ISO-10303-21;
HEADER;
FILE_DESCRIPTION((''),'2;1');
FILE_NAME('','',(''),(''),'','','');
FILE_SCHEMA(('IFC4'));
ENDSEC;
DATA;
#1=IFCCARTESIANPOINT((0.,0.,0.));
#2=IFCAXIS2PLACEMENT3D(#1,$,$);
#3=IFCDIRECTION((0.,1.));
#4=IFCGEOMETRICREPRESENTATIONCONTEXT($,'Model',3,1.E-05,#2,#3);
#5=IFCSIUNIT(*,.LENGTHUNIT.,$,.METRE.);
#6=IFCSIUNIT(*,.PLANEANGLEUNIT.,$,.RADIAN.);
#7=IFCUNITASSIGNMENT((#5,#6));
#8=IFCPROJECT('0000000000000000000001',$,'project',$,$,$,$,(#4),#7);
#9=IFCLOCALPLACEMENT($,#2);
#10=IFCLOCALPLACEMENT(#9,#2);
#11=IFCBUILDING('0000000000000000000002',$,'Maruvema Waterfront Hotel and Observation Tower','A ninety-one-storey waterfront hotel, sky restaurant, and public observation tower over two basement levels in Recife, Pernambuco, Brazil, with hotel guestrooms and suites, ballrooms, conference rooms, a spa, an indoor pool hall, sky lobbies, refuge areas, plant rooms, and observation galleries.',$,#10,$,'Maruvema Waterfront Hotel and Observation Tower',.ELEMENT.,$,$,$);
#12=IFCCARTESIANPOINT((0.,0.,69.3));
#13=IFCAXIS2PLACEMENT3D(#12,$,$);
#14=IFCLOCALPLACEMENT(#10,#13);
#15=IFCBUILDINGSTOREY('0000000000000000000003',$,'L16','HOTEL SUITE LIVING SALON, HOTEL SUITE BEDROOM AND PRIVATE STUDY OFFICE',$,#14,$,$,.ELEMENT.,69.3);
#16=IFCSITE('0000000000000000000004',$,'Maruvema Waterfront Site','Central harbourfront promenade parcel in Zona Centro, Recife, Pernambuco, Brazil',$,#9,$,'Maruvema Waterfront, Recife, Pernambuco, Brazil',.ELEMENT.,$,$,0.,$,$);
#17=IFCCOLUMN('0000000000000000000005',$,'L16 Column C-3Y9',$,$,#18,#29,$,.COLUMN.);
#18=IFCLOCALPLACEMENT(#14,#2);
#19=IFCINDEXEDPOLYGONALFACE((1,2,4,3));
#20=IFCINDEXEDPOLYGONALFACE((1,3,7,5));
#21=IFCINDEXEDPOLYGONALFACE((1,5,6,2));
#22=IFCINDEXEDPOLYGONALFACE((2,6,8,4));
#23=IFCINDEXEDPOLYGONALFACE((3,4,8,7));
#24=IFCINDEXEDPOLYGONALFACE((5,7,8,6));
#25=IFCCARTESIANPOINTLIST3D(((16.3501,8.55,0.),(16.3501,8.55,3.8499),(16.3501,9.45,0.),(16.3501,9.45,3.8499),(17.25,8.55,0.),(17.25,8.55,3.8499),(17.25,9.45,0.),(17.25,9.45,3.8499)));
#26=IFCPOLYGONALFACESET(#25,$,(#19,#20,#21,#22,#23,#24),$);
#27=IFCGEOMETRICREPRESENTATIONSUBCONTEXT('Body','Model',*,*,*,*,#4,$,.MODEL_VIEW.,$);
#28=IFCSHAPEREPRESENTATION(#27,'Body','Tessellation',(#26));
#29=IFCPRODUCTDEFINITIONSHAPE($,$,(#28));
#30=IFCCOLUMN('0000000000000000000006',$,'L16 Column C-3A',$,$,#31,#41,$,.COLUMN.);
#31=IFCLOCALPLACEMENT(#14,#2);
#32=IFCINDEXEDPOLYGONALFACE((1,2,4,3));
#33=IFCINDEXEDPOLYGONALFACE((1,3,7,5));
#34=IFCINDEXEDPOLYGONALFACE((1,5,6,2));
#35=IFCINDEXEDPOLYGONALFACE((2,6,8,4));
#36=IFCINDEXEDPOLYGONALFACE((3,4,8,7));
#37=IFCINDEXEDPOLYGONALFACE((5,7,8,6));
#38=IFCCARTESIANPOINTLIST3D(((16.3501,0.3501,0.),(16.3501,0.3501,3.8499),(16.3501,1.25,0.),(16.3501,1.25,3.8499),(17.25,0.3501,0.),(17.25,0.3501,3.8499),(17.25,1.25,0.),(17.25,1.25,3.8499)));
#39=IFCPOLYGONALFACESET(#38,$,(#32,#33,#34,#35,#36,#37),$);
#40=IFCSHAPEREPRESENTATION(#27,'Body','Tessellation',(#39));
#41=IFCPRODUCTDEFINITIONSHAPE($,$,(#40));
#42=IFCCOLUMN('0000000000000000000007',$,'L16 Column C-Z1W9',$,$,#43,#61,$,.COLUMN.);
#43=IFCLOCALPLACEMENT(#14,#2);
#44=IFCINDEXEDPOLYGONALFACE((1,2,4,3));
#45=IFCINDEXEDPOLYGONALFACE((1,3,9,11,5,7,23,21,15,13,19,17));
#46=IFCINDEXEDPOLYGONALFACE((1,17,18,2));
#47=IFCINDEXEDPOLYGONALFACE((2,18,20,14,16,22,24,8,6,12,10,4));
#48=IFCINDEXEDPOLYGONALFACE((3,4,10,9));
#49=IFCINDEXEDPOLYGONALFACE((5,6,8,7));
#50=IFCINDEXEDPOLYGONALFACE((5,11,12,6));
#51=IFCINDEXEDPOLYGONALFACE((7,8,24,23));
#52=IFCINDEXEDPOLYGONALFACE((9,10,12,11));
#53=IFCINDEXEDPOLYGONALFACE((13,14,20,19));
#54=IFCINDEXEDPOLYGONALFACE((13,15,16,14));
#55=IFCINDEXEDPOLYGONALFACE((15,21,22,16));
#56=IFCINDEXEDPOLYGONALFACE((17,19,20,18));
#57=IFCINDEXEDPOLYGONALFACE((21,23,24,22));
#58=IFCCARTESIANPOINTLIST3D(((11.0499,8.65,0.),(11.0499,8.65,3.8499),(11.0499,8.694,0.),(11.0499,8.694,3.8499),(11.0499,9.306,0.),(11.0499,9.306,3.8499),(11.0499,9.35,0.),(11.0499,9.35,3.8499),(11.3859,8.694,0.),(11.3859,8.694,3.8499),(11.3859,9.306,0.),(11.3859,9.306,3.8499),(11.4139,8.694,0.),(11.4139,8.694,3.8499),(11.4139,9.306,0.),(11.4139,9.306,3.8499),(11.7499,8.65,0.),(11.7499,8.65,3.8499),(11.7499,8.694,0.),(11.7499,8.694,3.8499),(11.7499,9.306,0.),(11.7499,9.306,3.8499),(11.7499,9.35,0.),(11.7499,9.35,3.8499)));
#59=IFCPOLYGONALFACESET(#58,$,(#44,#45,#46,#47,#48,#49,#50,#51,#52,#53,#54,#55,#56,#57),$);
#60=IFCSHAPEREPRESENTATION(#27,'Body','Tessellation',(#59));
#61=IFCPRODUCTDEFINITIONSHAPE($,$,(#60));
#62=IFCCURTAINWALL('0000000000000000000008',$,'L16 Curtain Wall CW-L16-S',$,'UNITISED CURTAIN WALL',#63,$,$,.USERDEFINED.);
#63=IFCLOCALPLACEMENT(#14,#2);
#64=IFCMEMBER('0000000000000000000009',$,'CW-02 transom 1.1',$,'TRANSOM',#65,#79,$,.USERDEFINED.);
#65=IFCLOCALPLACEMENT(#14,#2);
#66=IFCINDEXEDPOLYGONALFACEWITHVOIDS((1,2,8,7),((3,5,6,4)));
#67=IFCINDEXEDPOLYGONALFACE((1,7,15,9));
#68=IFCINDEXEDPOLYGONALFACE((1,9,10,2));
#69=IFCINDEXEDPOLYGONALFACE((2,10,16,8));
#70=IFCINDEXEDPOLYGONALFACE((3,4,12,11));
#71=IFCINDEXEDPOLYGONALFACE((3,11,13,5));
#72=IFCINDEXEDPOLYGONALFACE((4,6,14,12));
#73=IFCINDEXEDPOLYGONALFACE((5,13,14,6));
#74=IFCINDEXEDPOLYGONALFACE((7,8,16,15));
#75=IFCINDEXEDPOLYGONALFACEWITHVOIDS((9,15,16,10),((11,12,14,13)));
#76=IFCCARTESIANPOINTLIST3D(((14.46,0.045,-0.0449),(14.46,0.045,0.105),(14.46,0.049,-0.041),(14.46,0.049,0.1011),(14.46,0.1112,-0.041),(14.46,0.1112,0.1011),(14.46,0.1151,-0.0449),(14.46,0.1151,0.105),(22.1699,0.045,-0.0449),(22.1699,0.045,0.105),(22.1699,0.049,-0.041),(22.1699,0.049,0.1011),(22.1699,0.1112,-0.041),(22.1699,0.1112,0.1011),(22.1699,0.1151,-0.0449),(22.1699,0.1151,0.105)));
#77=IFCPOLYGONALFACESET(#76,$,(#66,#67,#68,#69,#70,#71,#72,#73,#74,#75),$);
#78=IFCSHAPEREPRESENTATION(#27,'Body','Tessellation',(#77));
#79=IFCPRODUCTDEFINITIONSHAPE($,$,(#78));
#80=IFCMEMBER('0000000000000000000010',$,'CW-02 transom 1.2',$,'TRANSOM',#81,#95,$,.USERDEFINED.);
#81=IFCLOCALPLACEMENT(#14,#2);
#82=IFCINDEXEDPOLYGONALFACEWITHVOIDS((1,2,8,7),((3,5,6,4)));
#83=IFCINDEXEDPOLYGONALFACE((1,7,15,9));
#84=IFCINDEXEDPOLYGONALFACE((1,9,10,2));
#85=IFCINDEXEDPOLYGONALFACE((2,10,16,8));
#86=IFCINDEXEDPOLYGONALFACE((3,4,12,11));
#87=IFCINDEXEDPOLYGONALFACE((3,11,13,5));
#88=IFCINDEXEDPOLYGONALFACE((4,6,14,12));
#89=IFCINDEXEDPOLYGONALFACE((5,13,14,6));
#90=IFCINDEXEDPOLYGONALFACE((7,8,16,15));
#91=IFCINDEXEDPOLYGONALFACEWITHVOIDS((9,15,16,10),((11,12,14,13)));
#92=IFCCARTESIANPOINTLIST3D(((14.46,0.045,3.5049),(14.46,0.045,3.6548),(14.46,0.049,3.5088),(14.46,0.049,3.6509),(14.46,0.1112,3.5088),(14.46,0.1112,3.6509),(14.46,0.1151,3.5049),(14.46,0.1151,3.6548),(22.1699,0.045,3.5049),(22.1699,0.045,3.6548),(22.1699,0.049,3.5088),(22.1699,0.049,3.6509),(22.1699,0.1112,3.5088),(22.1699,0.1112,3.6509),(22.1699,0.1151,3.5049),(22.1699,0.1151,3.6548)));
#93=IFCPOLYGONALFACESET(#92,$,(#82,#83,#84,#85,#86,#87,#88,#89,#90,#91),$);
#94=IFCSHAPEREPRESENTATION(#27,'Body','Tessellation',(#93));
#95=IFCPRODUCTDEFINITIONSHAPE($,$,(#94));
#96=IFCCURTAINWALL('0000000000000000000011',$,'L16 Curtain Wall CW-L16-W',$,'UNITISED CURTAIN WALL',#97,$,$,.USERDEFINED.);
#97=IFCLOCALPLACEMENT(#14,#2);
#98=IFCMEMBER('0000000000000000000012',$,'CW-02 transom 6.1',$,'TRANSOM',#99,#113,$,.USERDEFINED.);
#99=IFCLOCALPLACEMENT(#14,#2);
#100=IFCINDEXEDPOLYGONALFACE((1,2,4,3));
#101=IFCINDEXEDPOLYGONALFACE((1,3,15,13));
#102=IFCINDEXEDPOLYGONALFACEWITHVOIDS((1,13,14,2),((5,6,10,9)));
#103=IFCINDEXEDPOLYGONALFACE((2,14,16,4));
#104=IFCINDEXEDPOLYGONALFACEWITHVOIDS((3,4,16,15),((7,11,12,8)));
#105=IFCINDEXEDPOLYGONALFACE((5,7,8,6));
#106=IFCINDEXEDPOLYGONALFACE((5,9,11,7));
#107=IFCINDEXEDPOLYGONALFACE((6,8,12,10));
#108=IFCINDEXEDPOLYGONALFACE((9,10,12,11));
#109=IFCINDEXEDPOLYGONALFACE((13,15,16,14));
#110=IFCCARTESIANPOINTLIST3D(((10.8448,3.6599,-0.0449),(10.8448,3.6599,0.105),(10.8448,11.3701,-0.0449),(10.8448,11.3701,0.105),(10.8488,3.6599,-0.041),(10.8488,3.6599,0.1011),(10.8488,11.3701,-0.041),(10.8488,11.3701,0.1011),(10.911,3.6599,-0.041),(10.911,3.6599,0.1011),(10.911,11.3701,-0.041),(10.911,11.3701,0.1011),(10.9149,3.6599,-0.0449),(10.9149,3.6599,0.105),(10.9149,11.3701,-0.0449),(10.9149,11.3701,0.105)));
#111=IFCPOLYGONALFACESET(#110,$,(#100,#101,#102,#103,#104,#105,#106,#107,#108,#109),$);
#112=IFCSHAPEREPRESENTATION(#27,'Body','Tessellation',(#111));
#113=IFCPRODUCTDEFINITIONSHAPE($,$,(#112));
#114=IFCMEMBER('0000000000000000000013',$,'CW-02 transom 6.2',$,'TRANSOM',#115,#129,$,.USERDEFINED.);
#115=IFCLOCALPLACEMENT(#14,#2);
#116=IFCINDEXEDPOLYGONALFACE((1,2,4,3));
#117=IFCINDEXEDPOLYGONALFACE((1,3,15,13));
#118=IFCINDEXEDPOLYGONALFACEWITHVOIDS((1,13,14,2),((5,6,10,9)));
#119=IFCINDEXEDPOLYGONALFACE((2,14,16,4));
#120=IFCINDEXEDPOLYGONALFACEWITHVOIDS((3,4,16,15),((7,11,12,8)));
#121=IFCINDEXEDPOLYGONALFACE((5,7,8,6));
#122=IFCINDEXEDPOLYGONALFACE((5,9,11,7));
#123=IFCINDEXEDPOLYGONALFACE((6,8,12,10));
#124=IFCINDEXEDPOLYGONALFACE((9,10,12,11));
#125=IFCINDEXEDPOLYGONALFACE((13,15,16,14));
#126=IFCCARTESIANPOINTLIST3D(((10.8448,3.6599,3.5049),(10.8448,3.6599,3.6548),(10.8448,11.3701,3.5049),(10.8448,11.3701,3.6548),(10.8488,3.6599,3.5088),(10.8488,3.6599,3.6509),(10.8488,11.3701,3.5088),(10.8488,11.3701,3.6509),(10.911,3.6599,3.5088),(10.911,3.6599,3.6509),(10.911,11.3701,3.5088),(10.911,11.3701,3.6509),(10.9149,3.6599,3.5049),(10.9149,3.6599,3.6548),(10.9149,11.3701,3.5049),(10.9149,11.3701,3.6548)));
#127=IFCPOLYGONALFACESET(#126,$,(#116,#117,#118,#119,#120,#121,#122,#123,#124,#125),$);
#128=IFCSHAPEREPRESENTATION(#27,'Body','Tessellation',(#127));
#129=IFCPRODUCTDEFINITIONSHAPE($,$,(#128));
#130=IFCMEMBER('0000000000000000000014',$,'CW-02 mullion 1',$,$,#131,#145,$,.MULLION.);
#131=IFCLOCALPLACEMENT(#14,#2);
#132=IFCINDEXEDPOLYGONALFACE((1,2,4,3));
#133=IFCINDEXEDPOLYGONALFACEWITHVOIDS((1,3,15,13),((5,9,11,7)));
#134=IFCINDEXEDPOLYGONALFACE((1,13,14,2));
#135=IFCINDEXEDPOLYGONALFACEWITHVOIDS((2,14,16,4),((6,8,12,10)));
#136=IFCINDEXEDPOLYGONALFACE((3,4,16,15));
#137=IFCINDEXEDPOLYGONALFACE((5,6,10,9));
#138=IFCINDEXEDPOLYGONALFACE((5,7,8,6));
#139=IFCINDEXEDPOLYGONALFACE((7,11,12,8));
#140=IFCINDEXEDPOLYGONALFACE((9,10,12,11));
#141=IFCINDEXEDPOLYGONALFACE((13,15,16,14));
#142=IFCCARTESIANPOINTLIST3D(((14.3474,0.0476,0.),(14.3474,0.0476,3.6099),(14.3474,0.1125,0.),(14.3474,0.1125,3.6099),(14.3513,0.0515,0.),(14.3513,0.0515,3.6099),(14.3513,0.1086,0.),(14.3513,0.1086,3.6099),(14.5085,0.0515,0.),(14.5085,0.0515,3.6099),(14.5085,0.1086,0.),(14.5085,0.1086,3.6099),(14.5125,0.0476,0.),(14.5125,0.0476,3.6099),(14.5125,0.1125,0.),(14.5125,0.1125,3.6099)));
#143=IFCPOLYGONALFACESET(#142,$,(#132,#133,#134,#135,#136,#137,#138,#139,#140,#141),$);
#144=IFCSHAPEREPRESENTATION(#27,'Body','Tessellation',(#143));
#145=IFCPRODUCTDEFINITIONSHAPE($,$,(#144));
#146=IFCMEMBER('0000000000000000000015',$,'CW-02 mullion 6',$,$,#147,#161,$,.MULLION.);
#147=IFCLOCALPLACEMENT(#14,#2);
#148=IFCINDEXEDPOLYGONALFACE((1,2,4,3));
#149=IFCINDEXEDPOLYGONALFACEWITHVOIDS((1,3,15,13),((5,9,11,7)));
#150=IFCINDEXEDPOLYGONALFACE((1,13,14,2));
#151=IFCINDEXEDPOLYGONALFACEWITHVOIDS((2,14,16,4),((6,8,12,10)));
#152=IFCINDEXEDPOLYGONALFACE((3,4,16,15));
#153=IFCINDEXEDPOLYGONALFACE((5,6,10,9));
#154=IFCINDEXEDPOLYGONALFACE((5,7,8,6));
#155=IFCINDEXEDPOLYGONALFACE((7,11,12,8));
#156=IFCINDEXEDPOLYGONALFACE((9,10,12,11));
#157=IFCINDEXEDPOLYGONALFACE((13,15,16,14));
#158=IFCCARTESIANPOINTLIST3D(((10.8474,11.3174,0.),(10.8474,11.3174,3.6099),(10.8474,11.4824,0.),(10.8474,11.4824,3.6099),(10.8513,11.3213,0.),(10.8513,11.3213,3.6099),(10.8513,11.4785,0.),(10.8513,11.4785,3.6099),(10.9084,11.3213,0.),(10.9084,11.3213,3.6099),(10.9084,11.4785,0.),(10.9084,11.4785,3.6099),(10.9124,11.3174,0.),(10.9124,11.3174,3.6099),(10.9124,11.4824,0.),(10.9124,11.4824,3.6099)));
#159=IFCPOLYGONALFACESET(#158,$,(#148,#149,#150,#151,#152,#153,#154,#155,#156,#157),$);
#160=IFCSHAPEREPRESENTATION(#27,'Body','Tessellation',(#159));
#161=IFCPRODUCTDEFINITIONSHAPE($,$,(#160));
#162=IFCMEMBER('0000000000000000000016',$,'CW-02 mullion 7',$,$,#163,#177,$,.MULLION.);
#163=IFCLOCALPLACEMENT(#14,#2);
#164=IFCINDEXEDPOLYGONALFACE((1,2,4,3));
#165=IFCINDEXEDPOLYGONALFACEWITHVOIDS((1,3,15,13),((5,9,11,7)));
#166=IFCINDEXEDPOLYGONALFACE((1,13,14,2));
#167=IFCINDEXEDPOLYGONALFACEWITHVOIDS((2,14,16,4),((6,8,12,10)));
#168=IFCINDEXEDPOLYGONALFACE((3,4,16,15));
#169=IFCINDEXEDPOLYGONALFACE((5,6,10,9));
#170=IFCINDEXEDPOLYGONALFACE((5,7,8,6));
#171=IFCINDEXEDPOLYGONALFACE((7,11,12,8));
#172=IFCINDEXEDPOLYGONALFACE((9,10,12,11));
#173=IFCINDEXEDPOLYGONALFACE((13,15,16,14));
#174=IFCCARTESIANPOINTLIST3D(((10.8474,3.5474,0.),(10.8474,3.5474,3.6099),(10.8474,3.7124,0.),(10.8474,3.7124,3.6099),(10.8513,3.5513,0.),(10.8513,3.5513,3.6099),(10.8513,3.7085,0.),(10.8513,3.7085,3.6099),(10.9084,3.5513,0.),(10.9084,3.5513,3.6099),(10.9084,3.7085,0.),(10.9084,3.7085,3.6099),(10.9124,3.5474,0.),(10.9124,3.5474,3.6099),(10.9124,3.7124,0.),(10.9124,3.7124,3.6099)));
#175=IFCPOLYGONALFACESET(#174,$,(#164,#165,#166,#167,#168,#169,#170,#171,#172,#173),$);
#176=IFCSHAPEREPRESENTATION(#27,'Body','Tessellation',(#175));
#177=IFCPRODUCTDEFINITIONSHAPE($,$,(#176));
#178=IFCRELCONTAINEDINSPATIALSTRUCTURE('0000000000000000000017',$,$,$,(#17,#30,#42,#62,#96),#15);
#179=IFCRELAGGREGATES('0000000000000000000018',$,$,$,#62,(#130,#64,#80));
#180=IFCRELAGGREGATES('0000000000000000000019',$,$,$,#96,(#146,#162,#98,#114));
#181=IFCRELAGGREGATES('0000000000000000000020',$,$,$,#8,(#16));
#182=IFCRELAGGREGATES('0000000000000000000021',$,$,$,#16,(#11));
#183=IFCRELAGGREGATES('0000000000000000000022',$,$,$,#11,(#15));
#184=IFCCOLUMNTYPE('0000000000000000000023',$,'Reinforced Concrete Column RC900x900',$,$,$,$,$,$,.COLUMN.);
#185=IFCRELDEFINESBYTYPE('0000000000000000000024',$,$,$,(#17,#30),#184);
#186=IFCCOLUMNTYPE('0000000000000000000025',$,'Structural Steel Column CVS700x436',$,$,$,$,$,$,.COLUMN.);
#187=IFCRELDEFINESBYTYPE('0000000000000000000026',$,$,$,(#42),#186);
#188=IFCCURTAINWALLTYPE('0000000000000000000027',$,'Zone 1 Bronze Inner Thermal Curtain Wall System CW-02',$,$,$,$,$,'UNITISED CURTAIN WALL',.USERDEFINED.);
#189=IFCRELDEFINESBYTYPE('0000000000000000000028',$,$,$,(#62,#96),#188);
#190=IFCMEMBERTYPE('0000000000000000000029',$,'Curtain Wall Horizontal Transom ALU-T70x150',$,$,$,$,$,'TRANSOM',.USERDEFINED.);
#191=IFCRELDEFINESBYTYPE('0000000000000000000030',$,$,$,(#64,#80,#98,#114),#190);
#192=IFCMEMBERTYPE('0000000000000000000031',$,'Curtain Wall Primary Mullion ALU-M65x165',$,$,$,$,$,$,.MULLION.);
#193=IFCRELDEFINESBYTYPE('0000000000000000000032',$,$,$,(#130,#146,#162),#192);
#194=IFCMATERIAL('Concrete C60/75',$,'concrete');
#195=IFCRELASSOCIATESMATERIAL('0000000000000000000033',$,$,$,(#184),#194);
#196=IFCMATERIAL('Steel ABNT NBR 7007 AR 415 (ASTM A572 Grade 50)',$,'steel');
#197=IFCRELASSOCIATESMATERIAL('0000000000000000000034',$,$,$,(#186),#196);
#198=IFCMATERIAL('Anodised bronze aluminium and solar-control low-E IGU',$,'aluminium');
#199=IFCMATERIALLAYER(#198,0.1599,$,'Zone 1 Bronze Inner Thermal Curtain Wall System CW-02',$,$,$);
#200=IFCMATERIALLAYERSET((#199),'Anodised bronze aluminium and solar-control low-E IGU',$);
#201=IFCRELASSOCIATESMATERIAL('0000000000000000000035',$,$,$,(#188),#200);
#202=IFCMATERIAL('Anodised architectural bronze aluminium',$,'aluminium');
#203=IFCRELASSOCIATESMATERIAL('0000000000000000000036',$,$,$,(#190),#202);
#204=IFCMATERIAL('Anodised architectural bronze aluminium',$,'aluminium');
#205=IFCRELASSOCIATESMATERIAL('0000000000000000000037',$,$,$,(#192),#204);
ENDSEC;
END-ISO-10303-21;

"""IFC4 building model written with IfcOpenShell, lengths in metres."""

from ifc_helpers import new_model, si_unit, direction, frame, origin, origin_2d, place, context, subcontext, project, spatial, rectangle, hollow_rectangle, i_section, extrude, material, layer, layer_set, material_profile, profile_set, type_object, element, aggregate, save


model = new_model("IFC4")

# Units and contexts
model_context = context("Model", 3, precision=1e-05, world=origin(), true_north=direction((0.0, 1.0)))
body_context = subcontext(model_context, "Body", "Model", "MODEL_VIEW")
ifc_project = project(units=[si_unit("LENGTHUNIT", "METRE"), si_unit("PLANEANGLEUNIT", "RADIAN")], contexts=[model_context])

# Site, building, storey
site_placement = place(None, origin())
site = spatial("IfcSite", under=ifc_project, at=site_placement, Name="Maruvema Waterfront Site", Description="Central harbourfront promenade parcel in Zona Centro, Recife, Pernambuco, Brazil", LongName="Maruvema Waterfront, Recife, Pernambuco, Brazil", CompositionType="ELEMENT", RefElevation=0.0)
building_placement = place(site_placement, origin())
building = spatial("IfcBuilding", under=site, at=building_placement, Name="Maruvema Waterfront Hotel and Observation Tower", Description="A ninety-one-storey waterfront hotel, sky restaurant, and public observation tower over two basement levels in Recife, Pernambuco, Brazil, with hotel guestrooms and suites, ballrooms, conference rooms, a spa, an indoor pool hall, sky lobbies, refuge areas, plant rooms, and observation galleries.", LongName="Maruvema Waterfront Hotel and Observation Tower", CompositionType="ELEMENT")
storey_placement = place(building_placement, frame((0.0, 0.0, 69.3)))
storey = spatial("IfcBuildingStorey", under=building, at=storey_placement, Name="L16", Description="HOTEL SUITE LIVING SALON, HOTEL SUITE BEDROOM AND PRIVATE STUDY OFFICE", CompositionType="ELEMENT", Elevation=69.3)

# Columns
ifc_material_1 = material(Name="Concrete C60/75", Category="concrete")
ifc_material_profile_1 = material_profile(ifc_material_1, rectangle(XDim=0.8999, YDim=0.8999, at=origin_2d()), Name="RC900x900")
ifc_profile_set_1 = profile_set([ifc_material_profile_1], Name="Concrete C60/75")
column_type_1 = type_object("IfcColumnType", Name="Reinforced Concrete Column RC900x900", PredefinedType="COLUMN", material=ifc_profile_set_1)
for number, where, z_axis, x_axis, name in (
    (1, (16.8, 9.0, 0.0), (0.0, 0.0, 1.0), (1.0, 0.0, 0.0), "L16 Column C-3Y9"),
    (2, (16.8, 0.8, 0.0), (0.0, 0.0, 1.0), (1.0, 0.0, 0.0), "L16 Column C-3A"),
):
    element("IfcColumn", number, at=place(storey_placement, frame(where, z_axis=z_axis, x_axis=x_axis)), inside=storey, type_object=column_type_1, Name=name, PredefinedType="COLUMN", context=body_context, shape_type="SweptSolid", body=[
        extrude(rectangle(XDim=0.8999, YDim=0.8999, at=origin_2d()), origin(), (0.0, 0.0, 1.0), 3.8499),
    ])
ifc_material_2 = material(Name="Steel ABNT NBR 7007 AR 415 (ASTM A572 Grade 50)", Category="steel")
ifc_material_profile_2 = material_profile(ifc_material_2, i_section(OverallWidth=0.7, OverallDepth=0.7, WebThickness=0.0281, FlangeThickness=0.0439, at=origin_2d()), Name="CVS700x436")
ifc_profile_set_2 = profile_set([ifc_material_profile_2], Name="Steel ABNT NBR 7007 AR 415 (ASTM A572 Grade 50)")
column_type_2 = type_object("IfcColumnType", Name="Structural Steel Column CVS700x436", PredefinedType="COLUMN", material=ifc_profile_set_2)
column_placement = place(storey_placement, frame((11.3999, 9.0, 0.0), z_axis=(0.0, 0.0, 1.0), x_axis=(1.0, 0.0, 0.0)))
element("IfcColumn", 3, at=column_placement, inside=storey, type_object=column_type_2, Name="L16 Column C-Z1W9", PredefinedType="COLUMN", context=body_context, shape_type="SweptSolid", body=[
    extrude(i_section(OverallWidth=0.7, OverallDepth=0.7, WebThickness=0.0281, FlangeThickness=0.0439, at=origin_2d()), origin(), (0.0, 0.0, 1.0), 3.8499),
])

# Curtain walls, members
ifc_material_3 = material(Name="Anodised bronze aluminium and solar-control low-E IGU", Category="aluminium")
ifc_layer_1 = layer(ifc_material_3, 0.1599, Name="Zone 1 Bronze Inner Thermal Curtain Wall System CW-02")
ifc_layer_set_1 = layer_set([ifc_layer_1], Name="Anodised bronze aluminium and solar-control low-E IGU")
curtain_wall_type = type_object("IfcCurtainWallType", Name="Zone 1 Bronze Inner Thermal Curtain Wall System CW-02", ElementType="UNITISED CURTAIN WALL", PredefinedType="USERDEFINED", material=ifc_layer_set_1)
curtain_wall_1_placement = place(storey_placement, origin())
curtain_wall_1 = element("IfcCurtainWall", 4, at=curtain_wall_1_placement, inside=storey, type_object=curtain_wall_type, Name="L16 Curtain Wall CW-L16-S", ObjectType="UNITISED CURTAIN WALL", PredefinedType="USERDEFINED")
ifc_material_4 = material(Name="Anodised architectural bronze aluminium", Category="aluminium")
ifc_material_profile_3 = material_profile(ifc_material_4, hollow_rectangle(XDim=0.0701, YDim=0.1499, WallThickness=0.0039, at=origin_2d()), Name="ALU-T70x150")
ifc_profile_set_3 = profile_set([ifc_material_profile_3], Name="Anodised architectural bronze aluminium")
member_type_1 = type_object("IfcMemberType", Name="Curtain Wall Horizontal Transom ALU-T70x150", ElementType="TRANSOM", PredefinedType="USERDEFINED", material=ifc_profile_set_3)
member_1_placement = place(storey_placement, frame((14.46, 0.0801, 0.03), z_axis=(1.0, 0.0, 0.0), x_axis=(0.0, 1.0, 0.0)))
member_1 = element("IfcMember", 5, at=member_1_placement, type_object=member_type_1, Name="CW-02 transom 1.1", ObjectType="TRANSOM", PredefinedType="USERDEFINED", context=body_context, shape_type="SweptSolid", body=[
    extrude(hollow_rectangle(XDim=0.0701, YDim=0.1499, WallThickness=0.0039, at=origin_2d()), origin(), (0.0, 0.0, 1.0), 7.71),
])
member_2_placement = place(storey_placement, frame((14.46, 0.0801, 3.5798), z_axis=(1.0, 0.0, 0.0), x_axis=(0.0, 1.0, 0.0)))
member_2 = element("IfcMember", 6, at=member_2_placement, type_object=member_type_1, Name="CW-02 transom 1.2", ObjectType="TRANSOM", PredefinedType="USERDEFINED", context=body_context, shape_type="SweptSolid", body=[
    extrude(hollow_rectangle(XDim=0.0701, YDim=0.1499, WallThickness=0.0039, at=origin_2d()), origin(), (0.0, 0.0, 1.0), 7.71),
])
curtain_wall_2_placement = place(storey_placement, origin())
curtain_wall_2 = element("IfcCurtainWall", 7, at=curtain_wall_2_placement, inside=storey, type_object=curtain_wall_type, Name="L16 Curtain Wall CW-L16-W", ObjectType="UNITISED CURTAIN WALL", PredefinedType="USERDEFINED")
member_3_placement = place(storey_placement, frame((10.8799, 11.3701, 0.03), z_axis=(0.0, -1.0, 0.0), x_axis=(1.0, 0.0, 0.0)))
member_3 = element("IfcMember", 8, at=member_3_placement, type_object=member_type_1, Name="CW-02 transom 6.1", ObjectType="TRANSOM", PredefinedType="USERDEFINED", context=body_context, shape_type="SweptSolid", body=[
    extrude(hollow_rectangle(XDim=0.0701, YDim=0.1499, WallThickness=0.0039, at=origin_2d()), origin(), (0.0, 0.0, 1.0), 7.7102),
])
member_4_placement = place(storey_placement, frame((10.8799, 11.3701, 3.5798), z_axis=(0.0, -1.0, 0.0), x_axis=(1.0, 0.0, 0.0)))
member_4 = element("IfcMember", 9, at=member_4_placement, type_object=member_type_1, Name="CW-02 transom 6.2", ObjectType="TRANSOM", PredefinedType="USERDEFINED", context=body_context, shape_type="SweptSolid", body=[
    extrude(hollow_rectangle(XDim=0.0701, YDim=0.1499, WallThickness=0.0039, at=origin_2d()), origin(), (0.0, 0.0, 1.0), 7.7102),
])

# Members
ifc_material_5 = material(Name="Anodised architectural bronze aluminium", Category="aluminium")
ifc_material_profile_4 = material_profile(ifc_material_5, hollow_rectangle(XDim=0.0649, YDim=0.165, WallThickness=0.0039, at=origin_2d()), Name="ALU-M65x165")
ifc_profile_set_4 = profile_set([ifc_material_profile_4], Name="Anodised architectural bronze aluminium")
member_type_2 = type_object("IfcMemberType", Name="Curtain Wall Primary Mullion ALU-M65x165", PredefinedType="MULLION", material=ifc_profile_set_4)
member_5_placement = place(storey_placement, frame((14.4299, 0.0801, 0.0), z_axis=(0.0, 0.0, 1.0), x_axis=(0.0, 1.0, 0.0)))
member_5 = element("IfcMember", 10, at=member_5_placement, type_object=member_type_2, Name="CW-02 mullion 1", PredefinedType="MULLION", context=body_context, shape_type="SweptSolid", body=[
    extrude(hollow_rectangle(XDim=0.0649, YDim=0.165, WallThickness=0.0039, at=origin_2d()), origin(), (0.0, 0.0, 1.0), 3.6099),
])
member_6_placement = place(storey_placement, frame((10.8799, 11.3999, 0.0), z_axis=(0.0, 0.0, 1.0), x_axis=(1.0, 0.0, 0.0)))
member_6 = element("IfcMember", 11, at=member_6_placement, type_object=member_type_2, Name="CW-02 mullion 6", PredefinedType="MULLION", context=body_context, shape_type="SweptSolid", body=[
    extrude(hollow_rectangle(XDim=0.0649, YDim=0.165, WallThickness=0.0039, at=origin_2d()), origin(), (0.0, 0.0, 1.0), 3.6099),
])
member_7_placement = place(storey_placement, frame((10.8799, 3.6299, 0.0), z_axis=(0.0, 0.0, 1.0), x_axis=(1.0, 0.0, 0.0)))
member_7 = element("IfcMember", 12, at=member_7_placement, type_object=member_type_2, Name="CW-02 mullion 7", PredefinedType="MULLION", context=body_context, shape_type="SweptSolid", body=[
    extrude(hollow_rectangle(XDim=0.0649, YDim=0.165, WallThickness=0.0039, at=origin_2d()), origin(), (0.0, 0.0, 1.0), 3.6099),
])

aggregate(curtain_wall_1, [member_5, member_1, member_2])
aggregate(curtain_wall_2, [member_6, member_7, member_3, member_4])

save(model, "model.ifc")
